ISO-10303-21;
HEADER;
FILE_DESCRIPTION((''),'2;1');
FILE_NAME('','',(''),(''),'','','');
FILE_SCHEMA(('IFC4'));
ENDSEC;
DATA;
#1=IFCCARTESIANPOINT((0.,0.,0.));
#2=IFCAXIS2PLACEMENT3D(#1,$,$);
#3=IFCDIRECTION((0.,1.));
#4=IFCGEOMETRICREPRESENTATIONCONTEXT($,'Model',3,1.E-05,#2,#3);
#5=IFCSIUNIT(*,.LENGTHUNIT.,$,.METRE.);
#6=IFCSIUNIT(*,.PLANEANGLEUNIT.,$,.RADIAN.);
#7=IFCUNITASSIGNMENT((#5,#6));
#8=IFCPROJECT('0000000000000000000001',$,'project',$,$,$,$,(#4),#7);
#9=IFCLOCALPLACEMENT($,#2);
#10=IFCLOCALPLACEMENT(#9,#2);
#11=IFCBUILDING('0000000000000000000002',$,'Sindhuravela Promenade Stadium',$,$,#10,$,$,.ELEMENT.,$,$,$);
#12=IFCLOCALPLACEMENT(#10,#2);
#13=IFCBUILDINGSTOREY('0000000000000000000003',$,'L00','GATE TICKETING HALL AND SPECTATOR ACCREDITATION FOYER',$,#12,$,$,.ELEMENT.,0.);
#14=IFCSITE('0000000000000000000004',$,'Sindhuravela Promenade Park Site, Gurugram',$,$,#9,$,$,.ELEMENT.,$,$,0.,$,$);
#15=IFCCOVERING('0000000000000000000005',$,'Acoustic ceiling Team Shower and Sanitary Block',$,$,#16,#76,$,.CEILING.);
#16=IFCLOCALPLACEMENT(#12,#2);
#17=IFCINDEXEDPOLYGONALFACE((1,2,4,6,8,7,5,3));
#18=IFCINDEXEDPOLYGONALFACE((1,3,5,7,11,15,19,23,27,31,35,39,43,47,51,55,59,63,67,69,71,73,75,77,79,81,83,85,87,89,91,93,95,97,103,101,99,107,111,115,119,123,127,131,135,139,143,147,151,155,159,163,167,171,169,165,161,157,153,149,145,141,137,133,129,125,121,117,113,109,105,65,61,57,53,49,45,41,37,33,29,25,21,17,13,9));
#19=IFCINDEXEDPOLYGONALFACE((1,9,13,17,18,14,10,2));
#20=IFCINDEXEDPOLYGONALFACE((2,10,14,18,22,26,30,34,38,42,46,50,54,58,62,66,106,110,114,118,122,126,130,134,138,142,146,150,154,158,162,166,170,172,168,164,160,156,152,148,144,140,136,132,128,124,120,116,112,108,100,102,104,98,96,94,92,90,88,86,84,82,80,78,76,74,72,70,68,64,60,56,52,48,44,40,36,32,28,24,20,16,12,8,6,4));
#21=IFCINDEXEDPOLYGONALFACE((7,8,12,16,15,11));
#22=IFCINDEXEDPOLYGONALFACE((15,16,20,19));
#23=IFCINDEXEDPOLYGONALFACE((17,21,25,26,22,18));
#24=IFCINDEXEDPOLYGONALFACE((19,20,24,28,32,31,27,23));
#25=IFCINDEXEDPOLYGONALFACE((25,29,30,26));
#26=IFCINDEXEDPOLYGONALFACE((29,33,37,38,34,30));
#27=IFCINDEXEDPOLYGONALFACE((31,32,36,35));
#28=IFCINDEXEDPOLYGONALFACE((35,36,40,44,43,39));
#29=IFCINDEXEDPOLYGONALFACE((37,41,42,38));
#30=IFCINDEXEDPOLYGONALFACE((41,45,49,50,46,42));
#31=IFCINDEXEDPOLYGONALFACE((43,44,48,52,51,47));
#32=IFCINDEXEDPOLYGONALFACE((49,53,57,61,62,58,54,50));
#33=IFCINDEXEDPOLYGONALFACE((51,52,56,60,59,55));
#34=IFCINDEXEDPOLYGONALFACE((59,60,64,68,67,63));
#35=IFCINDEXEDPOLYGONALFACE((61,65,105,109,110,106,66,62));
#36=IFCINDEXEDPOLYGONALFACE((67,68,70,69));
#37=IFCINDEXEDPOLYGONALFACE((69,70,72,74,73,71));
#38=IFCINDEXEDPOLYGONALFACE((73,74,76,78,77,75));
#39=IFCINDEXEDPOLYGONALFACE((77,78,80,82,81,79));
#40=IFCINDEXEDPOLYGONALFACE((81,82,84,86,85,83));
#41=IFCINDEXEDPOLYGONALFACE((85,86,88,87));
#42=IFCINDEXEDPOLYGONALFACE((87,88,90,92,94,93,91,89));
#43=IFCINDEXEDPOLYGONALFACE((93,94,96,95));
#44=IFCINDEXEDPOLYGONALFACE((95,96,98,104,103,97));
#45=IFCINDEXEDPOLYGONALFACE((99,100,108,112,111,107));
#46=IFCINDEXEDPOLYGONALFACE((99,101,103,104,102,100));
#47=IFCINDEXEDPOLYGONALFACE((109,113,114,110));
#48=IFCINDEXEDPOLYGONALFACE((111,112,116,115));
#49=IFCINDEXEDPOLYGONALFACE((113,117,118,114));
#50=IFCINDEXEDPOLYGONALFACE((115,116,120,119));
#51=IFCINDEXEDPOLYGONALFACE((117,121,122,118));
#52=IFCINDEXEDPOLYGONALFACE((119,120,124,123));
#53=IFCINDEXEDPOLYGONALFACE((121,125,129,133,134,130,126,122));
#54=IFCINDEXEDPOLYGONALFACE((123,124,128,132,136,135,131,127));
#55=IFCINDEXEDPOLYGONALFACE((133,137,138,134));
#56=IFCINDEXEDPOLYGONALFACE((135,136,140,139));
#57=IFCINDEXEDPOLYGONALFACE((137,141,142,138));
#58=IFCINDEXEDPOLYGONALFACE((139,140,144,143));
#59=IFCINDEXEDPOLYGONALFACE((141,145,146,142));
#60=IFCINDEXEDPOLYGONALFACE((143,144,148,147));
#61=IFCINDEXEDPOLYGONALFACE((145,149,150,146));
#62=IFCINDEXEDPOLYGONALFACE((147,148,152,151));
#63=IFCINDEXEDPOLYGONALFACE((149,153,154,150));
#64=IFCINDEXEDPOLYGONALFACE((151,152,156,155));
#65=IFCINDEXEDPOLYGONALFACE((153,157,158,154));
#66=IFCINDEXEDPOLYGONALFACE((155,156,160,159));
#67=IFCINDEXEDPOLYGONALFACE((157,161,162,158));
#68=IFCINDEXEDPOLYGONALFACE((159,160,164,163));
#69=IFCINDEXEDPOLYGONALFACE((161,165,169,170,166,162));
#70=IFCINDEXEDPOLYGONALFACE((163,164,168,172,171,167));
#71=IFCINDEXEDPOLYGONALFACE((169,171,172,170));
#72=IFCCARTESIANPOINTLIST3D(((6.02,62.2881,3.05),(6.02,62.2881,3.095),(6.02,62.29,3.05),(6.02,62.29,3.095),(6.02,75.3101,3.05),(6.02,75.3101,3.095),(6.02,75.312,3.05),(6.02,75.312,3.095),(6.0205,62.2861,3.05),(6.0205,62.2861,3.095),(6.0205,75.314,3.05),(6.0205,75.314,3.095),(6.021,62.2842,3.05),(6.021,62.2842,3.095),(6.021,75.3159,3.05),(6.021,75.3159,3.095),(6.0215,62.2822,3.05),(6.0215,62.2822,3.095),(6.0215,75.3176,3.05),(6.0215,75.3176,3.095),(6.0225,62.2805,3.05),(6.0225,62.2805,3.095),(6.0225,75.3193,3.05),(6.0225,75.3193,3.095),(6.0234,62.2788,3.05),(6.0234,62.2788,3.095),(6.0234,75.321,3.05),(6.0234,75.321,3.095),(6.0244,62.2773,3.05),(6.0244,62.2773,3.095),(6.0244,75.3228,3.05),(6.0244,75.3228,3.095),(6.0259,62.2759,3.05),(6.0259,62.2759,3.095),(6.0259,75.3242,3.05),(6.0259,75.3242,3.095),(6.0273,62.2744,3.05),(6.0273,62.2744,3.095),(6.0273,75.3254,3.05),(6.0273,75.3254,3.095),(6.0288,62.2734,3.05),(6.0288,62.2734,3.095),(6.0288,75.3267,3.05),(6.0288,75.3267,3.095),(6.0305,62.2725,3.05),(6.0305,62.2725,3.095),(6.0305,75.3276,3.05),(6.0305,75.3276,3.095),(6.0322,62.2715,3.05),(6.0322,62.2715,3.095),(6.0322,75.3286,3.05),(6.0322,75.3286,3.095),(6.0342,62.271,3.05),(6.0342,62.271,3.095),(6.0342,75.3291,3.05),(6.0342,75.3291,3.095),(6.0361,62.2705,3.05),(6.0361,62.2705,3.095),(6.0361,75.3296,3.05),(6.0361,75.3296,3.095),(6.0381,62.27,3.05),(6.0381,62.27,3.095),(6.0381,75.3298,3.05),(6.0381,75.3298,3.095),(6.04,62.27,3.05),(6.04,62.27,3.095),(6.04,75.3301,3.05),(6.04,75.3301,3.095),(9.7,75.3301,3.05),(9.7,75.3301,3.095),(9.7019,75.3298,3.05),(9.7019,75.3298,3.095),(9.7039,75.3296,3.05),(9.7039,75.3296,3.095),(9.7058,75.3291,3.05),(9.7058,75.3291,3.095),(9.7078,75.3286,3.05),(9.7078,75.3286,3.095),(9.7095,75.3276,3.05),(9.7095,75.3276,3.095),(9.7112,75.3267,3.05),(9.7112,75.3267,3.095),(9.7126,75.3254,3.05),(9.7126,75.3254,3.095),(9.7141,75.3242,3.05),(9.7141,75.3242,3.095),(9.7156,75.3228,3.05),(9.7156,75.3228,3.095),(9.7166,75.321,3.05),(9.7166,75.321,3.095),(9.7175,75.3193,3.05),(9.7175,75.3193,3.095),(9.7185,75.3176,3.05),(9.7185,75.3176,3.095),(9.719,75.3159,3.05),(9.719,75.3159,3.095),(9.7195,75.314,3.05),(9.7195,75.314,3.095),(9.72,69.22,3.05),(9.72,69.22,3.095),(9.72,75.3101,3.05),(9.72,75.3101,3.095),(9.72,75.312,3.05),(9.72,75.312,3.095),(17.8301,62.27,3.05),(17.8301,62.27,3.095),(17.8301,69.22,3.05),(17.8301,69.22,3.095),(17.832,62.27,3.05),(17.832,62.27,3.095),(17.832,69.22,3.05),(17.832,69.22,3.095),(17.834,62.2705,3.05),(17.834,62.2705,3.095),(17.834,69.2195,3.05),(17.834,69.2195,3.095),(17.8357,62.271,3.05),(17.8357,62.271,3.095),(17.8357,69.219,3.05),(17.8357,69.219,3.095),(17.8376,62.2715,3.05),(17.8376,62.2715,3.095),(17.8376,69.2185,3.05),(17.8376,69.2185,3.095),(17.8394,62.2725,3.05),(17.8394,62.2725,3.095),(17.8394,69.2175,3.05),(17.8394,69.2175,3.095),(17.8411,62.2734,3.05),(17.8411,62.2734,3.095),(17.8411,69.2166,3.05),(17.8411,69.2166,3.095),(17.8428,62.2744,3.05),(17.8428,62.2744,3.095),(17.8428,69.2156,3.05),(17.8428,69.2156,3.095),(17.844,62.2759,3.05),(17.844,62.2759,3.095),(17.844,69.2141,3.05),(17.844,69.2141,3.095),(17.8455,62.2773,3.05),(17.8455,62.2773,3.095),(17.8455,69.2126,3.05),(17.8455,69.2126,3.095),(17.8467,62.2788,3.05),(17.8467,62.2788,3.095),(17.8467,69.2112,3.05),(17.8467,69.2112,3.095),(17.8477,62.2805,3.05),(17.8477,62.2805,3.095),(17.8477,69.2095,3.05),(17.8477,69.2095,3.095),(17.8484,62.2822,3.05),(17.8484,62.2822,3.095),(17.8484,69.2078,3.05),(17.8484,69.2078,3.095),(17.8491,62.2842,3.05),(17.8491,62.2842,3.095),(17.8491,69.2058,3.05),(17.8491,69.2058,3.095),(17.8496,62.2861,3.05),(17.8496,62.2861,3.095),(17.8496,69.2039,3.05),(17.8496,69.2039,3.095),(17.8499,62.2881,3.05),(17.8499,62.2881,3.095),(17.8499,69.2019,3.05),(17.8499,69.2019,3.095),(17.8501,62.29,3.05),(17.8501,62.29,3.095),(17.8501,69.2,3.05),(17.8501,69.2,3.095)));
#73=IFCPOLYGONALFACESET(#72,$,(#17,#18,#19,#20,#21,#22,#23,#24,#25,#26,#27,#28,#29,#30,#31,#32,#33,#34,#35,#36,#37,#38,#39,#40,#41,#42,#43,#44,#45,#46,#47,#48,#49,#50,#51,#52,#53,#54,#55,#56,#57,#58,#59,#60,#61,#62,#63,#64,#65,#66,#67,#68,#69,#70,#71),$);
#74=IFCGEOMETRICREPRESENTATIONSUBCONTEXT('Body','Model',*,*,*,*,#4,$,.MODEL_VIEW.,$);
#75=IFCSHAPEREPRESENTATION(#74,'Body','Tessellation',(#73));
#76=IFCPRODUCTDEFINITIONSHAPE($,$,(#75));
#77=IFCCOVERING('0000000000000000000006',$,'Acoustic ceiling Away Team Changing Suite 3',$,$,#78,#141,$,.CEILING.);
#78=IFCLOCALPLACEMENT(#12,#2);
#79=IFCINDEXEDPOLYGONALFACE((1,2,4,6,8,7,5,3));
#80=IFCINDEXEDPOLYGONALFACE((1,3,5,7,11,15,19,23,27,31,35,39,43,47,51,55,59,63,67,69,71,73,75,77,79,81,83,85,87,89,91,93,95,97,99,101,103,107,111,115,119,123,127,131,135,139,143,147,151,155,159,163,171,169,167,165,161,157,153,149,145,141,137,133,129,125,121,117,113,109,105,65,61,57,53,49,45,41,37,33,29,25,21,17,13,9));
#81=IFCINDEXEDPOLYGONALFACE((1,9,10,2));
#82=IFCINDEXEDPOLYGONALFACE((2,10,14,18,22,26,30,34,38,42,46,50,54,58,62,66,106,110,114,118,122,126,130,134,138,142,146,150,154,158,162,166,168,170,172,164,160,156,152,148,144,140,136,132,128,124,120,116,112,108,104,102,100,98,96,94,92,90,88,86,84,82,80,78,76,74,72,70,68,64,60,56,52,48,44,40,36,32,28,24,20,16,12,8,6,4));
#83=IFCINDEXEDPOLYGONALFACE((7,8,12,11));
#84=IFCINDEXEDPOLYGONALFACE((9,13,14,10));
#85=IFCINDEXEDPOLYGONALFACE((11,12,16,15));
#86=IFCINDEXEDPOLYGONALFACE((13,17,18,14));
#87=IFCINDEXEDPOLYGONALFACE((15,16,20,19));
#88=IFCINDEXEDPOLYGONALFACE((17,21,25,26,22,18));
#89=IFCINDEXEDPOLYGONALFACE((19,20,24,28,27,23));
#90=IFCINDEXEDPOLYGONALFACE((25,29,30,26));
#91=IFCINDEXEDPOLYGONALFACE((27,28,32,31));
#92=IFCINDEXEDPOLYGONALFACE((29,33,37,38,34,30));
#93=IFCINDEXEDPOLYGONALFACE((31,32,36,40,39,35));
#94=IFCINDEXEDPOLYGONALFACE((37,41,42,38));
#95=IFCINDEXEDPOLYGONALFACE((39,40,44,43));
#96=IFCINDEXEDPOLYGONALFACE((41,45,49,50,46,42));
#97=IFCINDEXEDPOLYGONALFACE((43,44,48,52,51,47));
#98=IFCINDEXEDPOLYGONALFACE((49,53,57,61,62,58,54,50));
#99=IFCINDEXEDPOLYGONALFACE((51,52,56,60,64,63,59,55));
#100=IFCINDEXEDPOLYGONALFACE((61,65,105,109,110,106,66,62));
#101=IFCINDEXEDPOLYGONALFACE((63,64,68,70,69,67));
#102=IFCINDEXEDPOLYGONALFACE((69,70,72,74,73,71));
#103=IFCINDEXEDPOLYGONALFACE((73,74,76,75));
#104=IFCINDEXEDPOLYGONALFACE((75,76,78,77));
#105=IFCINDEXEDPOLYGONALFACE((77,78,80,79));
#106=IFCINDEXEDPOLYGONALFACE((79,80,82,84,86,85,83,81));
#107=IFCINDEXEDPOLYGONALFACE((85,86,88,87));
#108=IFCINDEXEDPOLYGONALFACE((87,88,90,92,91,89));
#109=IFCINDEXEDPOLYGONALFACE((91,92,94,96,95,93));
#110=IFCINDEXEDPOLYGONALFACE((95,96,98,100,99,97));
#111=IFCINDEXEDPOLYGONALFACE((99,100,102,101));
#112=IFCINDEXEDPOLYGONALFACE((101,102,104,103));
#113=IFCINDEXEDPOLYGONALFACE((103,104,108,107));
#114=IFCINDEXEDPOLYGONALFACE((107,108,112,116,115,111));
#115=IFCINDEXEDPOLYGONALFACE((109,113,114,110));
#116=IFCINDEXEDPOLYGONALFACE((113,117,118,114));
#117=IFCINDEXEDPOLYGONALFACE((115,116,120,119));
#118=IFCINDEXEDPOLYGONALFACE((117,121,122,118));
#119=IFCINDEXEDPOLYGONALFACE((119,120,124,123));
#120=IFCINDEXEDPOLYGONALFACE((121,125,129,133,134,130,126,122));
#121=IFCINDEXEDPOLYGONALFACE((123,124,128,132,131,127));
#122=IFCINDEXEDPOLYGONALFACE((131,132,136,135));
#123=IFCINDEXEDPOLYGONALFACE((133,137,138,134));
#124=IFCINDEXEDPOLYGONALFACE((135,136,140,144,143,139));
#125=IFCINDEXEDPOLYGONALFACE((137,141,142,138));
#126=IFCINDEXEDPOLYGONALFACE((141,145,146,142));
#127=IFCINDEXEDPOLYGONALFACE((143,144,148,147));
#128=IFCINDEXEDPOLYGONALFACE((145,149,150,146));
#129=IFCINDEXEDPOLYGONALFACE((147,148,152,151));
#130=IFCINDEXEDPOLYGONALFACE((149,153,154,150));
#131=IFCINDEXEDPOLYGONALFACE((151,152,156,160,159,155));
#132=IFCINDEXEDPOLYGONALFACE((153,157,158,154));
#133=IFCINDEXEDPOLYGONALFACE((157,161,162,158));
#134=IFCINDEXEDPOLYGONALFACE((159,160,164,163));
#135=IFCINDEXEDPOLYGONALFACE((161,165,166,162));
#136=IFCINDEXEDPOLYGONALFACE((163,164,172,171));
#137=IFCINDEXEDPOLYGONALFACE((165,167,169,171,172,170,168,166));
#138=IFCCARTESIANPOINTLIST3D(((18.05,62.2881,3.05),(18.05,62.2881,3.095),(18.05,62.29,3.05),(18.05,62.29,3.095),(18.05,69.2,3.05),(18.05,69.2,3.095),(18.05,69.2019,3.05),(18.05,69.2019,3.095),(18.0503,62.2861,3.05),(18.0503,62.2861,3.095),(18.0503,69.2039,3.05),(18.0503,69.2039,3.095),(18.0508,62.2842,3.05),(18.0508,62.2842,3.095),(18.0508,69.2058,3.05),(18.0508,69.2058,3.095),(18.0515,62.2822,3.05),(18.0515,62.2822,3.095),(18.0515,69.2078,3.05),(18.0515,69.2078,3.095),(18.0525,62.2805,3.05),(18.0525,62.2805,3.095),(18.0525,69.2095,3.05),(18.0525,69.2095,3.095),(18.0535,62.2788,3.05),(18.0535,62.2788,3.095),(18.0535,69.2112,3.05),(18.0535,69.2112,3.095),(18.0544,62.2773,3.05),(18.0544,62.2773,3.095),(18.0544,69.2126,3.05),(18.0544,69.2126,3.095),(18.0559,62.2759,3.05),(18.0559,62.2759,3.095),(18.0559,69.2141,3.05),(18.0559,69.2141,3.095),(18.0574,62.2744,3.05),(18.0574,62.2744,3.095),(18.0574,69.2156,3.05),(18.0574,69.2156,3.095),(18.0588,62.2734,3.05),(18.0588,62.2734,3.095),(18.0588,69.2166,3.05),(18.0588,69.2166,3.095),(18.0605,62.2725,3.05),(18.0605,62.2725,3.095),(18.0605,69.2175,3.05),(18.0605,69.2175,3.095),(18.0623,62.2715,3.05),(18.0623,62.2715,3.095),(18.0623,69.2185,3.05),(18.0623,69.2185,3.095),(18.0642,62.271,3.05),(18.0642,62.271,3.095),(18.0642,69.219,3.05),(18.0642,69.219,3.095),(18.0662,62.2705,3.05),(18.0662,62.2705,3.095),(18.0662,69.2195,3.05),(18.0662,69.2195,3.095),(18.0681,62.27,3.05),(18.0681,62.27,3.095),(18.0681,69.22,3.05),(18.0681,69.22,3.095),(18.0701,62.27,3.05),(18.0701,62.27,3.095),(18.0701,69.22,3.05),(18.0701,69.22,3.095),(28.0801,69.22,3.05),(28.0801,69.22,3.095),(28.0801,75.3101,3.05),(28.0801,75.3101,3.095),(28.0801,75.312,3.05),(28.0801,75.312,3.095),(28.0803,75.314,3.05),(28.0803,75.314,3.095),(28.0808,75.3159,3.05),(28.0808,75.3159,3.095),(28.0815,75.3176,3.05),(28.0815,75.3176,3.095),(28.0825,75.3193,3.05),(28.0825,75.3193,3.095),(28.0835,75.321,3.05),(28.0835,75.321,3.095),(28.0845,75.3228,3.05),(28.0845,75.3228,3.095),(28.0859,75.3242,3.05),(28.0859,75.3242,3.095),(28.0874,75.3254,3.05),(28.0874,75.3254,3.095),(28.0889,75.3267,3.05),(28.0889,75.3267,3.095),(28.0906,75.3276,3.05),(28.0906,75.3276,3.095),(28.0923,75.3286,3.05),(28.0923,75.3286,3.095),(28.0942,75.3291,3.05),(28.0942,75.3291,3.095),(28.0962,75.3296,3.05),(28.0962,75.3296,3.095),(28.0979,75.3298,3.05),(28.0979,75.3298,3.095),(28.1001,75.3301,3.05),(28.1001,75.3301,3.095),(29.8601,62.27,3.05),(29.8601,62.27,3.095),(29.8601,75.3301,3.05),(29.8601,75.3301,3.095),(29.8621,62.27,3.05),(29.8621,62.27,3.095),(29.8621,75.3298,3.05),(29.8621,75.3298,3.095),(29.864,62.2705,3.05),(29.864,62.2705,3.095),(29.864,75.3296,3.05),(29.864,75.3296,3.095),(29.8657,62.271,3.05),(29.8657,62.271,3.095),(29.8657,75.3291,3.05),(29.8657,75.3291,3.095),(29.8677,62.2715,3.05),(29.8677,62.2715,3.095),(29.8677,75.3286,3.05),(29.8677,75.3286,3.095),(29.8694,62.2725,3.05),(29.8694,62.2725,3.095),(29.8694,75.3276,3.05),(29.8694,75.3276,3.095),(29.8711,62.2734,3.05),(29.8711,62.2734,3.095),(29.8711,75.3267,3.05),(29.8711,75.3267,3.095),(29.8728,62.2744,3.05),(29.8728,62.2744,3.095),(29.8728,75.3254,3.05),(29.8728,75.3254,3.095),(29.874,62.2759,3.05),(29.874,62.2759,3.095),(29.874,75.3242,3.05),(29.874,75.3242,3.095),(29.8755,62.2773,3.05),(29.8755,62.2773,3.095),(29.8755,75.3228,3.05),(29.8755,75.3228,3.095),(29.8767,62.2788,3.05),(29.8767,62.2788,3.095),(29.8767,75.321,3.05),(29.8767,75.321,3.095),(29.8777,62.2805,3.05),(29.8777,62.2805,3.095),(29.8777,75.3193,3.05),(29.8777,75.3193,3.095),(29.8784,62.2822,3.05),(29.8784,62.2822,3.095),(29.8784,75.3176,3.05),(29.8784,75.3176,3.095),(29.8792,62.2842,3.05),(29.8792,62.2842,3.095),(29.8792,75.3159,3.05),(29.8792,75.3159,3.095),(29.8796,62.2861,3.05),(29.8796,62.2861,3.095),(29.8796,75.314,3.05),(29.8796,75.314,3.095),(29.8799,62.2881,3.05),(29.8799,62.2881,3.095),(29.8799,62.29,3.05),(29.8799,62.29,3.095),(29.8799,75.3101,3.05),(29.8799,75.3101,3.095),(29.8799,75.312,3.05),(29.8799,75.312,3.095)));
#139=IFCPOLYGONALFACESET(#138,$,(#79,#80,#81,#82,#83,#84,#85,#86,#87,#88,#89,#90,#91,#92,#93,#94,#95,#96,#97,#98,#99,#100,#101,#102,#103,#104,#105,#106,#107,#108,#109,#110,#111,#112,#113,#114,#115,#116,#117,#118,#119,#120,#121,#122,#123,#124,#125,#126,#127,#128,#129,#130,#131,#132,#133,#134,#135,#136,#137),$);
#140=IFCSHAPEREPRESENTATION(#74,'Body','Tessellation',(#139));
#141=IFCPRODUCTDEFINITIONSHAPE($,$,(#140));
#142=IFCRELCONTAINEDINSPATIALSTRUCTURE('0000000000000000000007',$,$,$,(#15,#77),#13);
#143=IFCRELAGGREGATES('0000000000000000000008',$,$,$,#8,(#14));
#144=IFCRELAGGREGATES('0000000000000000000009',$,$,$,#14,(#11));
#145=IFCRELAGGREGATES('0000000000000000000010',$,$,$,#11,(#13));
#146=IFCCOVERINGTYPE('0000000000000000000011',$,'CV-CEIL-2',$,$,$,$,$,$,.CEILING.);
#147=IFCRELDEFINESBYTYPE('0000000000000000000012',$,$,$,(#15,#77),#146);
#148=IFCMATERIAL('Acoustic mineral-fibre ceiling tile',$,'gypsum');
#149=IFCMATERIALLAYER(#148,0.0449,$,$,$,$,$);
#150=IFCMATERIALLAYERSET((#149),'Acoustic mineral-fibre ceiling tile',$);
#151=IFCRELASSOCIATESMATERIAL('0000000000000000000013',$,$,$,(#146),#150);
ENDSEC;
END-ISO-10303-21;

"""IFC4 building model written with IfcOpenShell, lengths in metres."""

from ifc_helpers import new_model, si_unit, direction, frame, origin, place, context, subcontext, project, spatial, polyline, outline, extrude, material, layer, layer_set, type_object, element, save


model = new_model("IFC4")

# Units and contexts
model_context = context("Model", 3, precision=1e-05, world=origin(), true_north=direction((0.0, 1.0)))
body_context = subcontext(model_context, "Body", "Model", "MODEL_VIEW")
ifc_project = project(units=[si_unit("LENGTHUNIT", "METRE"), si_unit("PLANEANGLEUNIT", "RADIAN")], contexts=[model_context])

# Site, building, storey
site_placement = place(None, origin())
site = spatial("IfcSite", under=ifc_project, at=site_placement, Name="Sindhuravela Promenade Park Site, Gurugram", CompositionType="ELEMENT", RefElevation=0.0)
building_placement = place(site_placement, origin())
building = spatial("IfcBuilding", under=site, at=building_placement, Name="Sindhuravela Promenade Stadium", CompositionType="ELEMENT")
storey_placement = place(building_placement, origin())
storey = spatial("IfcBuildingStorey", under=building, at=storey_placement, Name="L00", Description="GATE TICKETING HALL AND SPECTATOR ACCREDITATION FOYER", CompositionType="ELEMENT", Elevation=0.0)

# Coverings
ifc_material = material(Name="Acoustic mineral-fibre ceiling tile", Category="gypsum")
ifc_layer_1 = layer(ifc_material, 0.0449)
ifc_layer_set_1 = layer_set([ifc_layer_1], Name="Acoustic mineral-fibre ceiling tile")
covering_type_1 = type_object("IfcCoveringType", Name="CV-CEIL-2", PredefinedType="CEILING", material=ifc_layer_set_1)
covering_1_placement = place(storey_placement, frame((0.0, 0.0, 3.05)))
element("IfcCovering", 1, at=covering_1_placement, inside=storey, type_object=covering_type_1, Name="Acoustic ceiling Team Shower and Sanitary Block", PredefinedType="CEILING", context=body_context, shape_type="SweptSolid", body=[
    extrude(outline(polyline([(6.04, 62.27), (6.0381, 62.27), (6.0361, 62.2705), (6.0342, 62.271), (6.0322, 62.2715), (6.0305, 62.2725), (6.0288, 62.2734), (6.0273, 62.2744), (6.0259, 62.2759), (6.0244, 62.2773), (6.0234, 62.2788), (6.0225, 62.2805), (6.0215, 62.2822), (6.021, 62.2842), (6.0205, 62.2861), (6.02, 62.2881), (6.02, 62.29), (6.02, 75.3101), (6.02, 75.312), (6.0205, 75.314), (6.021, 75.3159), (6.0215, 75.3176), (6.0225, 75.3193), (6.0234, 75.321), (6.0244, 75.3228), (6.0259, 75.3242), (6.0273, 75.3254), (6.0288, 75.3267), (6.0305, 75.3276), (6.0322, 75.3286), (6.0342, 75.3291), (6.0361, 75.3296), (6.0381, 75.3298), (6.04, 75.3301), (9.7, 75.3301), (9.7019, 75.3298), (9.7039, 75.3296), (9.7058, 75.3291), (9.7078, 75.3286), (9.7095, 75.3276), (9.7112, 75.3267), (9.7126, 75.3254), (9.7141, 75.3242), (9.7156, 75.3228), (9.7166, 75.321), (9.7175, 75.3193), (9.7185, 75.3176), (9.719, 75.3159), (9.7195, 75.314), (9.72, 75.312), (9.72, 75.3101), (9.72, 69.22), (17.8301, 69.22), (17.832, 69.22), (17.834, 69.2195), (17.8357, 69.219), (17.8376, 69.2185), (17.8394, 69.2175), (17.8411, 69.2166), (17.8428, 69.2156), (17.844, 69.2141), (17.8455, 69.2126), (17.8467, 69.2112), (17.8477, 69.2095), (17.8484, 69.2078), (17.8491, 69.2058), (17.8496, 69.2039), (17.8499, 69.2019), (17.8501, 69.2), (17.8501, 62.29), (17.8499, 62.2881), (17.8496, 62.2861), (17.8491, 62.2842), (17.8484, 62.2822), (17.8477, 62.2805), (17.8467, 62.2788), (17.8455, 62.2773), (17.844, 62.2759), (17.8428, 62.2744), (17.8411, 62.2734), (17.8394, 62.2725), (17.8376, 62.2715), (17.8357, 62.271), (17.834, 62.2705), (17.832, 62.27), (17.8301, 62.27), (6.04, 62.27)])), origin(), (0.0, 0.0, 1.0), 0.0449),
])
covering_2_placement = place(storey_placement, frame((0.0, 0.0, 3.05)))
element("IfcCovering", 2, at=covering_2_placement, inside=storey, type_object=covering_type_1, Name="Acoustic ceiling Away Team Changing Suite 3", PredefinedType="CEILING", context=body_context, shape_type="SweptSolid", body=[
    extrude(outline(polyline([(28.0801, 75.3101), (28.0801, 75.312), (28.0803, 75.314), (28.0808, 75.3159), (28.0815, 75.3176), (28.0825, 75.3193), (28.0835, 75.321), (28.0845, 75.3228), (28.0859, 75.3242), (28.0874, 75.3254), (28.0889, 75.3267), (28.0906, 75.3276), (28.0923, 75.3286), (28.0942, 75.3291), (28.0962, 75.3296), (28.0979, 75.3298), (28.1001, 75.3301), (29.8601, 75.3301), (29.8621, 75.3298), (29.864, 75.3296), (29.8657, 75.3291), (29.8677, 75.3286), (29.8694, 75.3276), (29.8711, 75.3267), (29.8728, 75.3254), (29.874, 75.3242), (29.8755, 75.3228), (29.8767, 75.321), (29.8777, 75.3193), (29.8784, 75.3176), (29.8792, 75.3159), (29.8796, 75.314), (29.8799, 75.312), (29.8799, 75.3101), (29.8799, 62.29), (29.8799, 62.2881), (29.8796, 62.2861), (29.8792, 62.2842), (29.8784, 62.2822), (29.8777, 62.2805), (29.8767, 62.2788), (29.8755, 62.2773), (29.874, 62.2759), (29.8728, 62.2744), (29.8711, 62.2734), (29.8694, 62.2725), (29.8677, 62.2715), (29.8657, 62.271), (29.864, 62.2705), (29.8621, 62.27), (29.8601, 62.27), (18.0701, 62.27), (18.0681, 62.27), (18.0662, 62.2705), (18.0642, 62.271), (18.0623, 62.2715), (18.0605, 62.2725), (18.0588, 62.2734), (18.0574, 62.2744), (18.0559, 62.2759), (18.0544, 62.2773), (18.0535, 62.2788), (18.0525, 62.2805), (18.0515, 62.2822), (18.0508, 62.2842), (18.0503, 62.2861), (18.05, 62.2881), (18.05, 62.29), (18.05, 69.2), (18.05, 69.2019), (18.0503, 69.2039), (18.0508, 69.2058), (18.0515, 69.2078), (18.0525, 69.2095), (18.0535, 69.2112), (18.0544, 69.2126), (18.0559, 69.2141), (18.0574, 69.2156), (18.0588, 69.2166), (18.0605, 69.2175), (18.0623, 69.2185), (18.0642, 69.219), (18.0662, 69.2195), (18.0681, 69.22), (18.0701, 69.22), (28.0801, 69.22), (28.0801, 75.3101)])), origin(), (0.0, 0.0, 1.0), 0.0449),
])

save(model, "model.ifc")
